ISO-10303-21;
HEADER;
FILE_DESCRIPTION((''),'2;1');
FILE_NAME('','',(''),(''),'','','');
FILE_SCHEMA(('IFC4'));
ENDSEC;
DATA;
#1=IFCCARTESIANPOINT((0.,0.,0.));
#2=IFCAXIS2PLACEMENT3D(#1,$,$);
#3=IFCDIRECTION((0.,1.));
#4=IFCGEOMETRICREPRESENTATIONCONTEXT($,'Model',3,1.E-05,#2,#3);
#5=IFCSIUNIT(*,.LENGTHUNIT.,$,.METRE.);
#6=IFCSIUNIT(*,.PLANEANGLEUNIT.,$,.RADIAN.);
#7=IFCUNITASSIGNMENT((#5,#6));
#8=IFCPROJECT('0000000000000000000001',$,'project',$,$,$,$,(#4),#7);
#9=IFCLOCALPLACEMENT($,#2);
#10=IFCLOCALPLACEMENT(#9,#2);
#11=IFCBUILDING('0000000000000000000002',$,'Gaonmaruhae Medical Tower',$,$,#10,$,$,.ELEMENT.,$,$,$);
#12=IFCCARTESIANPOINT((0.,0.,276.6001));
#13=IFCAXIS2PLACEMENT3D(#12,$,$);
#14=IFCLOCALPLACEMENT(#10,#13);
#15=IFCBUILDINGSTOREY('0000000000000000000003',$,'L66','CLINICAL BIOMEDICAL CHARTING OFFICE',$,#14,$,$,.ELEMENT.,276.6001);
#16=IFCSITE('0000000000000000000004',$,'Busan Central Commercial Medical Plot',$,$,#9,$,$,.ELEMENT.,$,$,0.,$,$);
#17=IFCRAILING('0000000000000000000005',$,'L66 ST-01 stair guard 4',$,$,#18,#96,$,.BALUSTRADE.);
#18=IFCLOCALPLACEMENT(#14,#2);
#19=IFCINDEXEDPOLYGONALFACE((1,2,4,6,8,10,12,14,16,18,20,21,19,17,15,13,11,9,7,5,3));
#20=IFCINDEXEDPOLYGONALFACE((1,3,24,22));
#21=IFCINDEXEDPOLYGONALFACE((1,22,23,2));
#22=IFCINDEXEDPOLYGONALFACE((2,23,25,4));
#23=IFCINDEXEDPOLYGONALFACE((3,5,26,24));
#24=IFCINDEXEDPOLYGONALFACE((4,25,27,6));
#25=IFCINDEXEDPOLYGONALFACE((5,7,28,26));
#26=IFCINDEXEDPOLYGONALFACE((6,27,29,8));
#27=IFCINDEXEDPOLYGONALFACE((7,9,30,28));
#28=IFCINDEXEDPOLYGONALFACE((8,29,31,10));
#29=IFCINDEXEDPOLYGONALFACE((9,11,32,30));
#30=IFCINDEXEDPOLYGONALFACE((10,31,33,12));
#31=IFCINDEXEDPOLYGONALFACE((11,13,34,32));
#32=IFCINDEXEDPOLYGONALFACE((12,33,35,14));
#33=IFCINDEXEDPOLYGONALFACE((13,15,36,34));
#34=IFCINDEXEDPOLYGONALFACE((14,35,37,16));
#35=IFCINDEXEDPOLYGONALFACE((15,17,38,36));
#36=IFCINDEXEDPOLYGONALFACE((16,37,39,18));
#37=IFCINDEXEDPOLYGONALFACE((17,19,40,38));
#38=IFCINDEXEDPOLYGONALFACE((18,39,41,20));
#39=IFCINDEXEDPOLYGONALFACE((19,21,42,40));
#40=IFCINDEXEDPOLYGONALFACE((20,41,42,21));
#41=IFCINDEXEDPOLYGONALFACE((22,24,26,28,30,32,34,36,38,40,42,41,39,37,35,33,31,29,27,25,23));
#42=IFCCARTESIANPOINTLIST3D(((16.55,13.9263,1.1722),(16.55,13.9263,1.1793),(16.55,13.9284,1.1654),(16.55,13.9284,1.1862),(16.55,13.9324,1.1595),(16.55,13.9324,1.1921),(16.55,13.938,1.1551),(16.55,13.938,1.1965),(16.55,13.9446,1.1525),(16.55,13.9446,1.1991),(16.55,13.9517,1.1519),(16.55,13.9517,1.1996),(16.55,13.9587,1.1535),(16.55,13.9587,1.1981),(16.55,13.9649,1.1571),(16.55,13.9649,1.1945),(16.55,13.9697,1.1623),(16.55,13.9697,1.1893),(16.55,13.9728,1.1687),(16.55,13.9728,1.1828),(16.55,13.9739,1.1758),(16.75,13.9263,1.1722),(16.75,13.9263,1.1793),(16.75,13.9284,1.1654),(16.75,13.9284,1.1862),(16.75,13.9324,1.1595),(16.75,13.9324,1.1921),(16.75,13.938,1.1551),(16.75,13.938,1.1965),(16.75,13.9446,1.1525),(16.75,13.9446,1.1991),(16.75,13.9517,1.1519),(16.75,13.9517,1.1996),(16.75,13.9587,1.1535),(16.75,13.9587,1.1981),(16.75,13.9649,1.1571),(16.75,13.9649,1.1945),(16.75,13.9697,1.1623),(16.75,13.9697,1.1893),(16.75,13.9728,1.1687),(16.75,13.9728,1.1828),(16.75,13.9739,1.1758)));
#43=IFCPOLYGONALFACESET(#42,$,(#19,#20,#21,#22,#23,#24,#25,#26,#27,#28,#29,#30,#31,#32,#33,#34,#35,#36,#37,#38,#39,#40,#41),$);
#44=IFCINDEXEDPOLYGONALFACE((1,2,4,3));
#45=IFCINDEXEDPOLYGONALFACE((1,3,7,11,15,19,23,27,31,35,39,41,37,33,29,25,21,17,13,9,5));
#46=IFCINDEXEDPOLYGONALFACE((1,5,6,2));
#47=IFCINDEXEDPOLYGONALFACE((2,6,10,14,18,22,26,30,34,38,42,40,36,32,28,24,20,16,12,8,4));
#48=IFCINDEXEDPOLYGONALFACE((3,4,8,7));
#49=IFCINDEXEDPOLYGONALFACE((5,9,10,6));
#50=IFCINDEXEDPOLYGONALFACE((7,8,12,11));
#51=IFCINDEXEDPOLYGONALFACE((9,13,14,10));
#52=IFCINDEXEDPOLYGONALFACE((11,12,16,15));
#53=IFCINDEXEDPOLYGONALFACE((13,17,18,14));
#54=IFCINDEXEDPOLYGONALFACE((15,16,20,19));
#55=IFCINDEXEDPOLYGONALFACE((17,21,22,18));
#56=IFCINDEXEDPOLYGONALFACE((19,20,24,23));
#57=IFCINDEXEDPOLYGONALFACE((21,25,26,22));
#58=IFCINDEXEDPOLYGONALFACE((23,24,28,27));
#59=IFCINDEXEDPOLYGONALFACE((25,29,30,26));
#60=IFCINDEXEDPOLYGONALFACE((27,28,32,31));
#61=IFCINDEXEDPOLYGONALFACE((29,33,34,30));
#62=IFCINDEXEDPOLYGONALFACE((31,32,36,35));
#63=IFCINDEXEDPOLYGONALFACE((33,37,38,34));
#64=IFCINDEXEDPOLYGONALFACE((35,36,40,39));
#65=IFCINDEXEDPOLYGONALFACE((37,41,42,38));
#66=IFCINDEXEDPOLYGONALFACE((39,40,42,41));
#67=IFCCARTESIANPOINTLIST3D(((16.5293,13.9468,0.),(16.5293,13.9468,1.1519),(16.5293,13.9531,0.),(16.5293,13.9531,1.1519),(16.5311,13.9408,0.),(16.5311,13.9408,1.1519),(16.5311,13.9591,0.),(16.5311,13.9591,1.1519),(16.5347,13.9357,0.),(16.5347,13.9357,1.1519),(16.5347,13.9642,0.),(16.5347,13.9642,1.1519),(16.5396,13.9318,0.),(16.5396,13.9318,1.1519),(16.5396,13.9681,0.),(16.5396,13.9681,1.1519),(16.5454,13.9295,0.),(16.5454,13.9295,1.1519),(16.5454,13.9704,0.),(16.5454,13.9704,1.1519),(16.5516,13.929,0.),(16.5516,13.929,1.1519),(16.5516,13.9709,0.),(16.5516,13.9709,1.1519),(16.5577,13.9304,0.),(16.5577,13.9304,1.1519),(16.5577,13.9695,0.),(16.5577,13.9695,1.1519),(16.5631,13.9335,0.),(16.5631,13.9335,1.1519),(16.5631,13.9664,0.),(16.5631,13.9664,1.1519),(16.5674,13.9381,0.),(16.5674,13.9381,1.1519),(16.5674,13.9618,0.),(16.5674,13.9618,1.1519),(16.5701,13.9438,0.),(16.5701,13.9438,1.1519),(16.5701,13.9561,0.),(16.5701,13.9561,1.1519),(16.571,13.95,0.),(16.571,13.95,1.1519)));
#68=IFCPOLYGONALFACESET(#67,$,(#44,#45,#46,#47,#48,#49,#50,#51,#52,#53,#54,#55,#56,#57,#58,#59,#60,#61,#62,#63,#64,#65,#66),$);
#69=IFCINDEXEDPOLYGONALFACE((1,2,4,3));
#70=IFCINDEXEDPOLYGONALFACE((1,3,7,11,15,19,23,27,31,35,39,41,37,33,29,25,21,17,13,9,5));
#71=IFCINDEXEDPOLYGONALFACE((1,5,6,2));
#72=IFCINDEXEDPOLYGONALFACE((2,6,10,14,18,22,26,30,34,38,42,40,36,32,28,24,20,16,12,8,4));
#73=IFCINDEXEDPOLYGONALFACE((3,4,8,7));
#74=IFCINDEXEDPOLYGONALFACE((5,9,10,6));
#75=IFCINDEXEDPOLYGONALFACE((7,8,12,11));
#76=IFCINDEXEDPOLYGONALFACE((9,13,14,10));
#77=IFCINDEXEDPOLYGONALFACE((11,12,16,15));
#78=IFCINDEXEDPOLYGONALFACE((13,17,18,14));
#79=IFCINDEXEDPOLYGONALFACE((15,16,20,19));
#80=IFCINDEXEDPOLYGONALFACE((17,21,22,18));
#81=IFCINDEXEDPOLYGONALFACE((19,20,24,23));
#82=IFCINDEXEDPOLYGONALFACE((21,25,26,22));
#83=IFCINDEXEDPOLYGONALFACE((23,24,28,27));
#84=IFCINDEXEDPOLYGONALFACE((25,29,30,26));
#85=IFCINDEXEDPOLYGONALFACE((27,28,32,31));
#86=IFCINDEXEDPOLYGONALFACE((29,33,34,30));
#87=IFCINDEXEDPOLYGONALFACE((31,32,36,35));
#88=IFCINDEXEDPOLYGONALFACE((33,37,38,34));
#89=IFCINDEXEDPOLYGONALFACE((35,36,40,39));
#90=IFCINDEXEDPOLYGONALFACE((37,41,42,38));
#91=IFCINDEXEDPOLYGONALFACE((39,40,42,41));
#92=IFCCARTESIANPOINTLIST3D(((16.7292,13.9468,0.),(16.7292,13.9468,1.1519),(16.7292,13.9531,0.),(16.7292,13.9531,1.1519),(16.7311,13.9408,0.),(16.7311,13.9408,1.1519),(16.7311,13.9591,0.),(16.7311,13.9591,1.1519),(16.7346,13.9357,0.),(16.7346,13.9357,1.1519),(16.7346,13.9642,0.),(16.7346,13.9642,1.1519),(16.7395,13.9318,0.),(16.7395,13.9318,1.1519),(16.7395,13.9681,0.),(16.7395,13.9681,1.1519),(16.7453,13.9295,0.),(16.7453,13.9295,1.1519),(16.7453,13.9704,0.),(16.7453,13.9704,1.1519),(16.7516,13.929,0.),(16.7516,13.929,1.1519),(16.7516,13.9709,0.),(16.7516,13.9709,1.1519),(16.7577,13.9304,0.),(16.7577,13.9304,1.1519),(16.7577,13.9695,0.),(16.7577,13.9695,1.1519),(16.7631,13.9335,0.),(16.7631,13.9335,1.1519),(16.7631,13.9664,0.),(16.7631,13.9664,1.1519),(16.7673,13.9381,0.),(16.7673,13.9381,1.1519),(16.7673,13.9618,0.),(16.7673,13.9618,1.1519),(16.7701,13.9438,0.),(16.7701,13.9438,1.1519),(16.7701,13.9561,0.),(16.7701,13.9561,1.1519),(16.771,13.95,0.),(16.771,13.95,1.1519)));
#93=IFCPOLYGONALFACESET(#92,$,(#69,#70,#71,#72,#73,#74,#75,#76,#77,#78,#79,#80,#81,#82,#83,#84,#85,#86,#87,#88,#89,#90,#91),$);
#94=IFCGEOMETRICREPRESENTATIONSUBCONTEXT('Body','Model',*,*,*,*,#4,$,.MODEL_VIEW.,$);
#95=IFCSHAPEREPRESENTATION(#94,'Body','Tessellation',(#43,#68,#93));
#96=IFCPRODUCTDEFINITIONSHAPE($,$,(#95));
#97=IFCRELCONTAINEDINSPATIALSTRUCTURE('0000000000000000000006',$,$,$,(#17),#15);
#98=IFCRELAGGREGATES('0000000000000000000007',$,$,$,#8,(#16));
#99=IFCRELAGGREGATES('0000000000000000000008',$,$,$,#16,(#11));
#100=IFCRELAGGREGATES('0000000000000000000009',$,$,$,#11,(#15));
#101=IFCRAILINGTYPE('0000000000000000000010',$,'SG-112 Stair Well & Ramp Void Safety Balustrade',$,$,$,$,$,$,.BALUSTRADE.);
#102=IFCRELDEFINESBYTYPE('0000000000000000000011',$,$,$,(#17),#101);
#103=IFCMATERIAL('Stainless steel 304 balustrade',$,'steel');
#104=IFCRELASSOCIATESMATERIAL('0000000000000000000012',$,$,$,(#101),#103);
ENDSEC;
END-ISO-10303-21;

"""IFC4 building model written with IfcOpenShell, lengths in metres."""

from ifc_helpers import new_model, si_unit, direction, frame, origin, origin_2d, place, context, subcontext, project, spatial, circle, extrude, material, type_object, element, save


model = new_model("IFC4")

# Units and contexts
model_context = context("Model", 3, precision=1e-05, world=origin(), true_north=direction((0.0, 1.0)))
body_context = subcontext(model_context, "Body", "Model", "MODEL_VIEW")
ifc_project = project(units=[si_unit("LENGTHUNIT", "METRE"), si_unit("PLANEANGLEUNIT", "RADIAN")], contexts=[model_context])

# Site, building, storey
site_placement = place(None, origin())
site = spatial("IfcSite", under=ifc_project, at=site_placement, Name="Busan Central Commercial Medical Plot", CompositionType="ELEMENT", RefElevation=0.0)
building_placement = place(site_placement, origin())
building = spatial("IfcBuilding", under=site, at=building_placement, Name="Gaonmaruhae Medical Tower", CompositionType="ELEMENT")
storey_placement = place(building_placement, frame((0.0, 0.0, 276.6001)))
storey = spatial("IfcBuildingStorey", under=building, at=storey_placement, Name="L66", Description="CLINICAL BIOMEDICAL CHARTING OFFICE", CompositionType="ELEMENT", Elevation=276.6001)

# Railing
ifc_material_1 = material(Name="Stainless steel 304 balustrade", Category="steel")
railing_type_1 = type_object("IfcRailingType", Name="SG-112 Stair Well & Ramp Void Safety Balustrade", PredefinedType="BALUSTRADE", material=ifc_material_1)
railing_1_placement = place(storey_placement, frame((16.55, 13.95, 0.0)))
element("IfcRailing", 1, at=railing_1_placement, inside=storey, type_object=railing_type_1, Name="L66 ST-01 stair guard 4", PredefinedType="BALUSTRADE", context=body_context, shape_type="SweptSolid", body=[
    extrude(circle(Radius=0.0239, at=origin_2d()), frame((0.0, 0.0, 1.1758), z_axis=(1.0, 0.0, 0.0), x_axis=(0.0, 1.0, 0.0)), (0.0, 0.0, 1.0), 0.2),
    extrude(circle(Radius=0.021, at=origin_2d()), origin(), (0.0, 0.0, 1.0), 1.1519),
    extrude(circle(Radius=0.021, at=origin_2d()), frame((0.2, 0.0, 0.0)), (0.0, 0.0, 1.0), 1.1519),
])

save(model, "model.ifc")
